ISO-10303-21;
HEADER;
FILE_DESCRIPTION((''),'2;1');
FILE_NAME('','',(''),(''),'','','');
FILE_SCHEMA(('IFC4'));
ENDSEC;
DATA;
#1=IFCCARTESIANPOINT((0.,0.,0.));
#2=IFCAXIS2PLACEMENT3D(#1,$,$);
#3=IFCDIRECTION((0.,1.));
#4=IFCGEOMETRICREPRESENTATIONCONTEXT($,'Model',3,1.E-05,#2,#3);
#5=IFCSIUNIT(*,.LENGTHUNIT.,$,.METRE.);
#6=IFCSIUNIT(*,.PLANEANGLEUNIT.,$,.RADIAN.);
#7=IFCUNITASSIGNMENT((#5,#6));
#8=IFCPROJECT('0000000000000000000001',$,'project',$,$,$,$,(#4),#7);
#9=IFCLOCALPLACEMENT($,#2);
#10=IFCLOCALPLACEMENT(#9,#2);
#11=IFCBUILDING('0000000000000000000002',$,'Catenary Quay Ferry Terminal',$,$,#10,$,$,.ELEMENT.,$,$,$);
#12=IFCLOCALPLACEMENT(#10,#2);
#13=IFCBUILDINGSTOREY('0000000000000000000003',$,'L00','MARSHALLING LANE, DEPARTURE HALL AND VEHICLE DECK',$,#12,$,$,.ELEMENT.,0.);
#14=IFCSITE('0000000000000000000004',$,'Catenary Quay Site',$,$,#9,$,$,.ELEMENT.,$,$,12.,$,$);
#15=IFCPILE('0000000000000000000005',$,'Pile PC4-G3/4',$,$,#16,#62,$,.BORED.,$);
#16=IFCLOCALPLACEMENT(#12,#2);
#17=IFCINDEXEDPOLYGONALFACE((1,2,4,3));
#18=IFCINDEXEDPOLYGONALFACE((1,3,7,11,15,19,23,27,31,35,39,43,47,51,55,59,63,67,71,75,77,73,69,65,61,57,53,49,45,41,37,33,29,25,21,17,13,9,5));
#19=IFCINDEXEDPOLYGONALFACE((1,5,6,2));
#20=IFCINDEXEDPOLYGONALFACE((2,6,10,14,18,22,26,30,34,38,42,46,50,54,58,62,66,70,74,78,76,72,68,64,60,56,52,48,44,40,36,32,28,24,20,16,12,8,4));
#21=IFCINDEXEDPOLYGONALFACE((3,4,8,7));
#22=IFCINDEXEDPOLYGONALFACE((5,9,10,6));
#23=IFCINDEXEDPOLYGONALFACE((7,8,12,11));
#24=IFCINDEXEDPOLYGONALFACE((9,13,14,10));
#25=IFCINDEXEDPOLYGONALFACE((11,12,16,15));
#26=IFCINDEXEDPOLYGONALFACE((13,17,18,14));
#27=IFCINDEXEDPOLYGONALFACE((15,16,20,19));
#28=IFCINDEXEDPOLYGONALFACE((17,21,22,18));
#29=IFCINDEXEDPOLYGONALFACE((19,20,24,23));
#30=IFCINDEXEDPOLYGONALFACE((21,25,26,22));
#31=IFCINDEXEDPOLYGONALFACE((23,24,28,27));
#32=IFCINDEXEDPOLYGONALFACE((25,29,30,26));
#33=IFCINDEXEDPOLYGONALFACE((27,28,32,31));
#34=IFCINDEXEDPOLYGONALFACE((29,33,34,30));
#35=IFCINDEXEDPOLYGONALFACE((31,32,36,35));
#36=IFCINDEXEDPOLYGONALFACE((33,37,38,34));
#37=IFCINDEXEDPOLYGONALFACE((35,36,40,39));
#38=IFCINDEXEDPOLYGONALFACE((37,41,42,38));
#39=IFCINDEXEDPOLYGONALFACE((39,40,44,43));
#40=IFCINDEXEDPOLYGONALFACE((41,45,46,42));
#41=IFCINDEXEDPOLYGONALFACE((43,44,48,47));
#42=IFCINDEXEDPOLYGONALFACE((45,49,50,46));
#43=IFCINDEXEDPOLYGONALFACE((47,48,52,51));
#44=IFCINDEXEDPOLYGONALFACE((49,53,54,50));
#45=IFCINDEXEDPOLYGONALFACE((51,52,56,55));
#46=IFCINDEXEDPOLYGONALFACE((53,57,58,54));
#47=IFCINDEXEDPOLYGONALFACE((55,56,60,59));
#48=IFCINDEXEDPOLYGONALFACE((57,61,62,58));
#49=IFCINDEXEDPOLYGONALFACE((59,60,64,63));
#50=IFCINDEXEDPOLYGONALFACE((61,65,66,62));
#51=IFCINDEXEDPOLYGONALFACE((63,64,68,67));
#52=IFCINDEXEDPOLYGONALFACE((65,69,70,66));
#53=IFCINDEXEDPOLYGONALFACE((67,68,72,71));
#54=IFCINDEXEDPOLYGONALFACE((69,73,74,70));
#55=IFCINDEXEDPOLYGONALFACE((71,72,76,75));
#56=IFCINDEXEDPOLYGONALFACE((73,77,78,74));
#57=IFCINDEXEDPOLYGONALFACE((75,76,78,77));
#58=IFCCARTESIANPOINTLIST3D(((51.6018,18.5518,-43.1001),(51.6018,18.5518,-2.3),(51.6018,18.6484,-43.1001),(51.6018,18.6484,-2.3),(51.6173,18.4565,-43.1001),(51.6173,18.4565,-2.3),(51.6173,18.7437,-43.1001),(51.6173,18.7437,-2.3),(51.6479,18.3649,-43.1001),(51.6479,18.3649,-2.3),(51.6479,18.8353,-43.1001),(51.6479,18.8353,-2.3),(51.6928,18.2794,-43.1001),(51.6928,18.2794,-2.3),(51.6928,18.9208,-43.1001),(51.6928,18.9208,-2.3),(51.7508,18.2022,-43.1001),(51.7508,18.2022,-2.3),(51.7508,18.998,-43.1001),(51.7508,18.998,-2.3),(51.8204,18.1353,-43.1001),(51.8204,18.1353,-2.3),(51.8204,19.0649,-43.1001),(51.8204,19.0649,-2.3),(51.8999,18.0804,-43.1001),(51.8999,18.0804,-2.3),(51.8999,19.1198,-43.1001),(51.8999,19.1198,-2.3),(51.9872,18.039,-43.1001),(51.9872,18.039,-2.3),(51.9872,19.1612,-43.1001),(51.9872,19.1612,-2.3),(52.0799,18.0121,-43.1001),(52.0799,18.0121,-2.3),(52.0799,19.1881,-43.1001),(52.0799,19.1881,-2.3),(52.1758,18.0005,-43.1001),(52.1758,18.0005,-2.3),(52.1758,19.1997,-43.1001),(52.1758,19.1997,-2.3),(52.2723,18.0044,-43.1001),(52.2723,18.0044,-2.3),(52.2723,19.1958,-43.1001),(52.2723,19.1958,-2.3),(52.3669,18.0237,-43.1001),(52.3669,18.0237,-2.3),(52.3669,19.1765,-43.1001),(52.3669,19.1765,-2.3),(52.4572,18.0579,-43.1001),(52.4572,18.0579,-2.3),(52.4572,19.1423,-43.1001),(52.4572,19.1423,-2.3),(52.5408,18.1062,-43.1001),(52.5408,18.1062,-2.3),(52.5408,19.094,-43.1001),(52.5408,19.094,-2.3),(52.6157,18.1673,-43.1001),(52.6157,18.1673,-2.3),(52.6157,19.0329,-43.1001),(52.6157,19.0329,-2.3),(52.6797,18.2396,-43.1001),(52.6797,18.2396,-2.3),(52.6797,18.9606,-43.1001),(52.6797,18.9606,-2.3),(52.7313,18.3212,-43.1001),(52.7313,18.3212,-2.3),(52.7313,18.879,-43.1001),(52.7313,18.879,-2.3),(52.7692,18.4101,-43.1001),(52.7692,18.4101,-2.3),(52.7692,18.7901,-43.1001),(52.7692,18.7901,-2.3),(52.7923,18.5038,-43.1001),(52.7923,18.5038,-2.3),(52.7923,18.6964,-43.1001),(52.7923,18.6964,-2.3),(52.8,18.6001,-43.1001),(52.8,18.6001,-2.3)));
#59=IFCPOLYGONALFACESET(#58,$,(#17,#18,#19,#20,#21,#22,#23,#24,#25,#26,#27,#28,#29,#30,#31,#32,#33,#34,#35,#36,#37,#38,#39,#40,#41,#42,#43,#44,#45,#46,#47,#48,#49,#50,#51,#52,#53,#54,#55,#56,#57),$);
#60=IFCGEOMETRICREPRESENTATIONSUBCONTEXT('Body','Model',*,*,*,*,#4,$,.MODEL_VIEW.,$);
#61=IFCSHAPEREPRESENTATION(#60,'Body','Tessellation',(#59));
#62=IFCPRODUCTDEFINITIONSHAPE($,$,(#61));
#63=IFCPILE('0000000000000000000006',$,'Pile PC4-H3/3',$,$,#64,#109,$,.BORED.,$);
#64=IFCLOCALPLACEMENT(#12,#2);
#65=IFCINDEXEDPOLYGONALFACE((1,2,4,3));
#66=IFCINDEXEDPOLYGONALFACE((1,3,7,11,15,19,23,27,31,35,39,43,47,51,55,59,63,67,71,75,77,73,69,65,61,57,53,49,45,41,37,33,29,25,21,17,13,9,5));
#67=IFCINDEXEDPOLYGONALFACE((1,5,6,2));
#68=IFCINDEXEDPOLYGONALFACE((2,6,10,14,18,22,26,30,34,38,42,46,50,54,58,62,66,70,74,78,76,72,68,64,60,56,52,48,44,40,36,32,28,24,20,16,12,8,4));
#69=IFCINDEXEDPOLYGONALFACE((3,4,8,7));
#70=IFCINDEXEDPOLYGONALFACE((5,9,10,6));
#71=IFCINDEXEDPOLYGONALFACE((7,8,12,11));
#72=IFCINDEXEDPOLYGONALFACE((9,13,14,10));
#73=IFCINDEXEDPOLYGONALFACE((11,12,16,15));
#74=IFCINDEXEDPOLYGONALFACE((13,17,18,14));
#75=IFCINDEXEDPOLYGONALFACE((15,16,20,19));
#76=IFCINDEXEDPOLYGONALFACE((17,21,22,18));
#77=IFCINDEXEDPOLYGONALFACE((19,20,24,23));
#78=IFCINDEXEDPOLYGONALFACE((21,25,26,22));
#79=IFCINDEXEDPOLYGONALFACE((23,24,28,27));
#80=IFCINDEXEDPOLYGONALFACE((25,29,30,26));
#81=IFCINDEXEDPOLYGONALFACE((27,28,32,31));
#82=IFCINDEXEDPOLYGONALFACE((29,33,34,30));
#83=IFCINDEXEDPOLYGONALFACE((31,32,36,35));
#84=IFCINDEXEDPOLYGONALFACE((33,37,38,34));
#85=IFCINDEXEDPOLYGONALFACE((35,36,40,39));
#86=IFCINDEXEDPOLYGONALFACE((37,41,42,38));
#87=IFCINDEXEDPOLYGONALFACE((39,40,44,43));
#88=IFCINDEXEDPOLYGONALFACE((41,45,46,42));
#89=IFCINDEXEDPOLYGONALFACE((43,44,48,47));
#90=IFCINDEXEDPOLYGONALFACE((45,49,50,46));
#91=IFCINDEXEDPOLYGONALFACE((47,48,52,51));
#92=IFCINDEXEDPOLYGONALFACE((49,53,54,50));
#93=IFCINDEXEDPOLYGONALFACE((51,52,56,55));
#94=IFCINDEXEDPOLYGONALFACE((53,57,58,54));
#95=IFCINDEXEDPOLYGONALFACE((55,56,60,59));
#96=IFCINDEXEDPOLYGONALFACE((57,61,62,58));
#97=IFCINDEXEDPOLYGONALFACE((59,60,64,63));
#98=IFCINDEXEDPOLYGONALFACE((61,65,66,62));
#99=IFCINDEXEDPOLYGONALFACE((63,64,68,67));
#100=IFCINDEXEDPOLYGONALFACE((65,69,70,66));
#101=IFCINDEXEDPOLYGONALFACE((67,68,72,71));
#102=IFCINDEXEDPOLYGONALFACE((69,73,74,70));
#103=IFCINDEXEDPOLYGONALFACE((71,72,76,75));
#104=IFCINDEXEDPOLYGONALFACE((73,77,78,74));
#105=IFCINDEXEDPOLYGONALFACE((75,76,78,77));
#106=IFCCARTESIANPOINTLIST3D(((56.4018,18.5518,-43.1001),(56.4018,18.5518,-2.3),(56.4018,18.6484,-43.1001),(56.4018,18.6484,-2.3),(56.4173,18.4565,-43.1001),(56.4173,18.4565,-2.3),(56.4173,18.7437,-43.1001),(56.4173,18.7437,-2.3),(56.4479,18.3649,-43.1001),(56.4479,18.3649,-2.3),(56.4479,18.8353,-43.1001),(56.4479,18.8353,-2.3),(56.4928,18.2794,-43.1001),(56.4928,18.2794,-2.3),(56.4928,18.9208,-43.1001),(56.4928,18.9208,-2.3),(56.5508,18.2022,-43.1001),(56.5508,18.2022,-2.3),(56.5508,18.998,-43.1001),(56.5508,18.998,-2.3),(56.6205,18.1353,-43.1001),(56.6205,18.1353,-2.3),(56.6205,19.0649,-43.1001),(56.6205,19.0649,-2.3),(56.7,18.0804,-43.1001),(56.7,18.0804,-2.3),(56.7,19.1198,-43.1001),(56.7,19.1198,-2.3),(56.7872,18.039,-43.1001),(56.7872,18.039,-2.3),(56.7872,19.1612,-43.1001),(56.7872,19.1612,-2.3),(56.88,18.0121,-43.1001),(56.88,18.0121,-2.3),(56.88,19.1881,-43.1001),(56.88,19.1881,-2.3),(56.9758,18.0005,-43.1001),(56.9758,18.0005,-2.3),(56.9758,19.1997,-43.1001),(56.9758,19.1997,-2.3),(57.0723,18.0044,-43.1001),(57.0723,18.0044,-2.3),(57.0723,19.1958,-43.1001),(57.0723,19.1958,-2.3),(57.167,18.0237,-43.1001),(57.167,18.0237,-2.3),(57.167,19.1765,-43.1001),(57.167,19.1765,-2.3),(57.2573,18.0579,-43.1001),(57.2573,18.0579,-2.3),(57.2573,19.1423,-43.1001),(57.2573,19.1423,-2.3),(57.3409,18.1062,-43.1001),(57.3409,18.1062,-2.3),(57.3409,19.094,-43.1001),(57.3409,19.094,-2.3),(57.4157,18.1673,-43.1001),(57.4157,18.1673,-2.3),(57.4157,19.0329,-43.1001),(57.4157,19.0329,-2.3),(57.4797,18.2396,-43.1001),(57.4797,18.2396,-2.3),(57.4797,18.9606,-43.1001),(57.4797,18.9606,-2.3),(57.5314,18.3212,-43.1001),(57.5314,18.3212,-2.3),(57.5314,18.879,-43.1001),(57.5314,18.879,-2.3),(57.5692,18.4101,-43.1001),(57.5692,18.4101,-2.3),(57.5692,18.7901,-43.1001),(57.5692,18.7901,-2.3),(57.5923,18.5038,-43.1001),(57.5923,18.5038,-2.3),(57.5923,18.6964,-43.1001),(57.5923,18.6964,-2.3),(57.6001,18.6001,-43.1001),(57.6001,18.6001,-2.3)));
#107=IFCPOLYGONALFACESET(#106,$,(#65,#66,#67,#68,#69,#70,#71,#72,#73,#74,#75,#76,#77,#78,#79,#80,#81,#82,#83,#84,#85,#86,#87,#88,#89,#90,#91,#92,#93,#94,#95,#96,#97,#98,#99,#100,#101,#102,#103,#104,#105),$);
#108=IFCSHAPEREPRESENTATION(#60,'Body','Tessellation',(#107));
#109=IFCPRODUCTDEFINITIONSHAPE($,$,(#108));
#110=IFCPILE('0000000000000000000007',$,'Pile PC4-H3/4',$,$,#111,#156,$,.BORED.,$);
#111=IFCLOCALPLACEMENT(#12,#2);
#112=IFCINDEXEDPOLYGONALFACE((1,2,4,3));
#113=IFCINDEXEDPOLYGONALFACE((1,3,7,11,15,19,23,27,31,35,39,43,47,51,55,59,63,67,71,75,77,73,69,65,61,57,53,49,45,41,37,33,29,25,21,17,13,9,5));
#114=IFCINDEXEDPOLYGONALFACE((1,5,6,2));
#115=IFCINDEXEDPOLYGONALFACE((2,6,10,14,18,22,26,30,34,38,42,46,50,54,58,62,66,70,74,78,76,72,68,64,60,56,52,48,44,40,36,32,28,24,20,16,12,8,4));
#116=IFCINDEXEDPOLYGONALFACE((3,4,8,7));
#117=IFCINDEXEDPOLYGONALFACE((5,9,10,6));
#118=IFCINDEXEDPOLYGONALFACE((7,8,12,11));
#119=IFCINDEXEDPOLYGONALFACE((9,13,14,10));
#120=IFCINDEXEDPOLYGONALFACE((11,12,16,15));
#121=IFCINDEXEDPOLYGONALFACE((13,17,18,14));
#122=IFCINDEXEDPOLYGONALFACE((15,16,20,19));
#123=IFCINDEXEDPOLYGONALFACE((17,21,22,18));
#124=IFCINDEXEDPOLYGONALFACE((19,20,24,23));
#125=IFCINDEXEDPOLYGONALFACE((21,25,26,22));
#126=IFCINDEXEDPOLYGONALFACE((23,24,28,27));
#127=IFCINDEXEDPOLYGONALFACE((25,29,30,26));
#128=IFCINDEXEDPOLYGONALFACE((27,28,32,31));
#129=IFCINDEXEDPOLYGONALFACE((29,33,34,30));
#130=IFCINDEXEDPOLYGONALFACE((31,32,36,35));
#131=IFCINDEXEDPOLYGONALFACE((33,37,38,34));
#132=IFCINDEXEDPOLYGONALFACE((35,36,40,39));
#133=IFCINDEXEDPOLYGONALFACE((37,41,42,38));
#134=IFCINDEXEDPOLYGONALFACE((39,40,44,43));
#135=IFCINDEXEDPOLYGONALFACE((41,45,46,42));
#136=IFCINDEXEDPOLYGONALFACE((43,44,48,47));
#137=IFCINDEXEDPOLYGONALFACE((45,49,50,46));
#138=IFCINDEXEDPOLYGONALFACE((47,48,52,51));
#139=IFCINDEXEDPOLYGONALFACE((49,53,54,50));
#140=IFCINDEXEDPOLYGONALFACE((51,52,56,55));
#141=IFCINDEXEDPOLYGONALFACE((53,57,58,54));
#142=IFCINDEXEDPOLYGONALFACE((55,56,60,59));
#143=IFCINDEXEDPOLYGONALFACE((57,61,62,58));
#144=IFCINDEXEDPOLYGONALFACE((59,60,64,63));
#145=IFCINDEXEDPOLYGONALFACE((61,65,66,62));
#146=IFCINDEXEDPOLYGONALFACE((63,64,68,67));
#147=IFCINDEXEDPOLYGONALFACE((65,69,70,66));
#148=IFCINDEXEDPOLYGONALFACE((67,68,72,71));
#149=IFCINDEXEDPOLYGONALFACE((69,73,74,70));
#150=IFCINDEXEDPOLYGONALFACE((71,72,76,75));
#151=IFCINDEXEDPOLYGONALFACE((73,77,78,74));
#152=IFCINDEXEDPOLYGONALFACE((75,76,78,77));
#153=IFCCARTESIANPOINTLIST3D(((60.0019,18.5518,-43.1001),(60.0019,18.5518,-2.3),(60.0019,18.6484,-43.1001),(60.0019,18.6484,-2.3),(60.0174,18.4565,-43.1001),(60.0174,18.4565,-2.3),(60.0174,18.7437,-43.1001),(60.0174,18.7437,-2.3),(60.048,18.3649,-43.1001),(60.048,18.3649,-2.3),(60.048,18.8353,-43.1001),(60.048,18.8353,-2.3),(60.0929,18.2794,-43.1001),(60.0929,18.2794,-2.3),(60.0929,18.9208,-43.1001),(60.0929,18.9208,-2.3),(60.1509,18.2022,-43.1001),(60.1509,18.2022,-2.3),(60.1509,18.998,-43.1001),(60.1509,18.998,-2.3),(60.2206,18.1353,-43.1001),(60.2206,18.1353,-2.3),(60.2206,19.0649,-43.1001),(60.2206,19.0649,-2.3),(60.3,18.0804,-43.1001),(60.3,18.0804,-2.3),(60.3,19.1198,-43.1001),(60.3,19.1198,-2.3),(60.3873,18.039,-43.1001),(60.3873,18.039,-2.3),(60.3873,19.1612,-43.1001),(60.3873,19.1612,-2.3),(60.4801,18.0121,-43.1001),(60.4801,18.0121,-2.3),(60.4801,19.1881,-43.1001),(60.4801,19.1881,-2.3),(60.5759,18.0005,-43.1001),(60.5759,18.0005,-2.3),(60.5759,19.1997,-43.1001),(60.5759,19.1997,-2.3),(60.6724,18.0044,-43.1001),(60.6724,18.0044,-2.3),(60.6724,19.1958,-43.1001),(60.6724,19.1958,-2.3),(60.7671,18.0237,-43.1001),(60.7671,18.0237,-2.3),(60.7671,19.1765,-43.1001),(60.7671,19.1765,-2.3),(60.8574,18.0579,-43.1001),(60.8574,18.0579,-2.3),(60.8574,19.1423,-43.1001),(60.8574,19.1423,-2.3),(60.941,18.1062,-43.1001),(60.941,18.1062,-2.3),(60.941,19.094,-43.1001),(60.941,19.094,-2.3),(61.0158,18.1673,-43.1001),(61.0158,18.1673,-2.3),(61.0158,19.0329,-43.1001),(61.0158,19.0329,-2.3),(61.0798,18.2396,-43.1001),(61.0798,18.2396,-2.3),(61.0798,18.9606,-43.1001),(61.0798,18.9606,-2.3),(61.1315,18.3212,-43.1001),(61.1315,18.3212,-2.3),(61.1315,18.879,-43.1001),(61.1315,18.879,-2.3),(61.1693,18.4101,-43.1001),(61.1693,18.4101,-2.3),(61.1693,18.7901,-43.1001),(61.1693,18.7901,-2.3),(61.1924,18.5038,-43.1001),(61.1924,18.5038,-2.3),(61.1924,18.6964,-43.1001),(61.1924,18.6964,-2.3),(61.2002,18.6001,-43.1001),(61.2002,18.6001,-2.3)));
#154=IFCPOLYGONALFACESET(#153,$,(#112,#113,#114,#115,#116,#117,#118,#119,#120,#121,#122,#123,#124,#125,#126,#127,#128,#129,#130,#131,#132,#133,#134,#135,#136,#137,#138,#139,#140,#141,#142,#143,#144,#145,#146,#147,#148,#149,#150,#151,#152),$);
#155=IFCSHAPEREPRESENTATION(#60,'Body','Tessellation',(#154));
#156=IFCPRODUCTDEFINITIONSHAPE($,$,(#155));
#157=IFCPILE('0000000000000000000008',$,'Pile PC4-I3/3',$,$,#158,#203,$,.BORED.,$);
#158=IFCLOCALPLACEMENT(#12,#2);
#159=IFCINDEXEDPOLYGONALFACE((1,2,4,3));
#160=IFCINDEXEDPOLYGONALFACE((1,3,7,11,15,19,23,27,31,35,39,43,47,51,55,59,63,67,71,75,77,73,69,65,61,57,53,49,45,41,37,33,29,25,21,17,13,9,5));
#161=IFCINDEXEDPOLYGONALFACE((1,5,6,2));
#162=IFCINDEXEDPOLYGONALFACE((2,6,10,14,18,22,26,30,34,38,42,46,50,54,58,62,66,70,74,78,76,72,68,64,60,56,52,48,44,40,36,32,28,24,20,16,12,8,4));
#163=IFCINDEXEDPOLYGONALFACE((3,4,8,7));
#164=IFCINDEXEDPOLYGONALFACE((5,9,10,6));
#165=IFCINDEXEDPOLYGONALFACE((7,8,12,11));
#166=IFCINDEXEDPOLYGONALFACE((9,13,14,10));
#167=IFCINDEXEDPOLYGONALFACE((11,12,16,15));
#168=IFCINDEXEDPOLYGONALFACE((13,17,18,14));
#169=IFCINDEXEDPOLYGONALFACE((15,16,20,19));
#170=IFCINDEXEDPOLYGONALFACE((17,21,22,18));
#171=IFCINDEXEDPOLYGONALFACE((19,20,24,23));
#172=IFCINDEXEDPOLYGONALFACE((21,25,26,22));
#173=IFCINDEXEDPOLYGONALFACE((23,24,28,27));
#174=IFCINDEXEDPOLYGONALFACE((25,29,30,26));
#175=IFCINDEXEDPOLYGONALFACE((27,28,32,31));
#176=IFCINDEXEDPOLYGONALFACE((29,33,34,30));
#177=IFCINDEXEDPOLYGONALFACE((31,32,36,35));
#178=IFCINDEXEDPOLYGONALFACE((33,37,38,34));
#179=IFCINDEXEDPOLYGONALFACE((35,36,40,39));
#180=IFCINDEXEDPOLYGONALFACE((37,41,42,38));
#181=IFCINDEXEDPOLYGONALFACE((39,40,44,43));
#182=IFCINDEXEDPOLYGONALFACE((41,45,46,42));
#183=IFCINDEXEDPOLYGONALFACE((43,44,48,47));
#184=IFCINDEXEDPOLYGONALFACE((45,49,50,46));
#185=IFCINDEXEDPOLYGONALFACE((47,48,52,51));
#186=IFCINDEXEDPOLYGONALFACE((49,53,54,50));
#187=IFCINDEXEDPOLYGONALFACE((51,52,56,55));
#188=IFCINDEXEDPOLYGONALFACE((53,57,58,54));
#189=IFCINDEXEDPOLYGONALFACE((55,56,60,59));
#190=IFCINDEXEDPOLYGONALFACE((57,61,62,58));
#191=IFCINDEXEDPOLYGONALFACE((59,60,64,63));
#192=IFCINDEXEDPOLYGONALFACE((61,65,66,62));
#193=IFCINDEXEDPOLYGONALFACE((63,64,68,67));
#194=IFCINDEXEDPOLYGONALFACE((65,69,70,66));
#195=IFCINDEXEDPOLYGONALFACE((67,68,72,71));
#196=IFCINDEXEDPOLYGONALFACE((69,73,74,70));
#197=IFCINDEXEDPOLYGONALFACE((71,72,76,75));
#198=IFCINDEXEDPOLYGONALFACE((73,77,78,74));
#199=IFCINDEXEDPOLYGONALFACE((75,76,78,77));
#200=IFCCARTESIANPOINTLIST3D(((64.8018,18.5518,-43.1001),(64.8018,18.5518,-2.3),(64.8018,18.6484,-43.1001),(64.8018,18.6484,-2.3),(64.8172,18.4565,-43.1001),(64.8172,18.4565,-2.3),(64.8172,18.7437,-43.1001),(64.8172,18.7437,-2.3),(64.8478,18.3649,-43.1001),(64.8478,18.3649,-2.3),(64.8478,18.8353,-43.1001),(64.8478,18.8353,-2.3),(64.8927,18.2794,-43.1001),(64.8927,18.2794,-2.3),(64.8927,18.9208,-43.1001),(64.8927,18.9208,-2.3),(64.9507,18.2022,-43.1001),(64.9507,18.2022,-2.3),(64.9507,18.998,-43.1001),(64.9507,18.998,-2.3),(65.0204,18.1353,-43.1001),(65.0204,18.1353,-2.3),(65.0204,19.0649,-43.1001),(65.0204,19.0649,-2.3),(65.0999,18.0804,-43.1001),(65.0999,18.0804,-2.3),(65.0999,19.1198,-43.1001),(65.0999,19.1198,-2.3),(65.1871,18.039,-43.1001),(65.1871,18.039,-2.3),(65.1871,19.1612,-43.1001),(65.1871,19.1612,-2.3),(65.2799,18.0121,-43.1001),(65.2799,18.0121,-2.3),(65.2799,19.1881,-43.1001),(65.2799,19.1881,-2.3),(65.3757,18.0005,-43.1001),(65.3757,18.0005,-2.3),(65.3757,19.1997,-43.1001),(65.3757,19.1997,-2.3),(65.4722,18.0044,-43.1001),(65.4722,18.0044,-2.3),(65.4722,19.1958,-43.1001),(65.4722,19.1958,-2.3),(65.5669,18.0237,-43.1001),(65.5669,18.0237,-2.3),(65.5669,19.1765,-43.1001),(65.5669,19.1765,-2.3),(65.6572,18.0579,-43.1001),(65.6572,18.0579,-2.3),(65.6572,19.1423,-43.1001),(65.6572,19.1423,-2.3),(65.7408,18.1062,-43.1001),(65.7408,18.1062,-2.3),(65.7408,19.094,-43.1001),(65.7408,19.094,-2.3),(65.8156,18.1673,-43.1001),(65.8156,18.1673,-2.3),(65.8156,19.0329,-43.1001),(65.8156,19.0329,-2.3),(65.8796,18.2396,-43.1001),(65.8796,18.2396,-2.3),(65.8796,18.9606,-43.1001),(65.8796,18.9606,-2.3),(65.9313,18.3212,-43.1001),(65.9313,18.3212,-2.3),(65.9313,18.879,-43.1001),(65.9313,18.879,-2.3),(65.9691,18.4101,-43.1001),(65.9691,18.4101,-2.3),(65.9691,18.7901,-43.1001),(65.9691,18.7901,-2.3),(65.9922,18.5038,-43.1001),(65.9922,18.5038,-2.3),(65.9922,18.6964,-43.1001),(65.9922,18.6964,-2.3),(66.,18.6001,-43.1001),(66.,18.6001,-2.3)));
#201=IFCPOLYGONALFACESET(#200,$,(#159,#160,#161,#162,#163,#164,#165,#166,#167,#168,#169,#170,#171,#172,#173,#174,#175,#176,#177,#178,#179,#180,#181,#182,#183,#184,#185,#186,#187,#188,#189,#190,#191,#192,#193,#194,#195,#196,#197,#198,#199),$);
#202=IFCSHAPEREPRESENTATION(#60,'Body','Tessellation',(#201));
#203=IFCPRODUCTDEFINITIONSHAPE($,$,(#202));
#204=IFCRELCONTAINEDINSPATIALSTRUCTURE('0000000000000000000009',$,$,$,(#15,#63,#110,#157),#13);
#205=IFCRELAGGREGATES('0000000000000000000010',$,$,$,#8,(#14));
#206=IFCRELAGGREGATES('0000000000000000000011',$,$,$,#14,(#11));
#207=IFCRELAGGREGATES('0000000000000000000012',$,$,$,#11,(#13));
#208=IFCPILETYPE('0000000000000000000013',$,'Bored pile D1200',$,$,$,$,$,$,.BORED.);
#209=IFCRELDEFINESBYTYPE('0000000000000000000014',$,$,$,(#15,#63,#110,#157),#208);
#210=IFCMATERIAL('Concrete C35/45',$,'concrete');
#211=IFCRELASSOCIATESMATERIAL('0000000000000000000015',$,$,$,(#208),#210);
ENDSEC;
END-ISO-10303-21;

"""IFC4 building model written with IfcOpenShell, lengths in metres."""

from ifc_helpers import new_model, si_unit, direction, frame, origin, origin_2d, place, context, subcontext, project, spatial, circle, extrude, material, material_profile, profile_set, type_object, element, save


model = new_model("IFC4")

# Units and contexts
model_context = context("Model", 3, precision=1e-05, world=origin(), true_north=direction((0.0, 1.0)))
body_context = subcontext(model_context, "Body", "Model", "MODEL_VIEW")
ifc_project = project(units=[si_unit("LENGTHUNIT", "METRE"), si_unit("PLANEANGLEUNIT", "RADIAN")], contexts=[model_context])

# Site, building, storey
site_placement = place(None, origin())
site = spatial("IfcSite", under=ifc_project, at=site_placement, Name="Catenary Quay Site", CompositionType="ELEMENT", RefElevation=12.0)
building_placement = place(site_placement, origin())
building = spatial("IfcBuilding", under=site, at=building_placement, Name="Catenary Quay Ferry Terminal", CompositionType="ELEMENT")
storey_placement = place(building_placement, origin())
storey = spatial("IfcBuildingStorey", under=building, at=storey_placement, Name="L00", Description="MARSHALLING LANE, DEPARTURE HALL AND VEHICLE DECK", CompositionType="ELEMENT", Elevation=0.0)

# Piles
ifc_material_1 = material(Name="Concrete C35/45", Category="concrete")
ifc_material_profile_1 = material_profile(ifc_material_1, circle(Radius=0.6001, at=origin_2d()), Name="D1200")
ifc_profile_set_1 = profile_set([ifc_material_profile_1], Name="Concrete C35/45")
pile_type = type_object("IfcPileType", Name="Bored pile D1200", PredefinedType="BORED", material=ifc_profile_set_1)
for number, where, z_axis, x_axis, name in (
    (1, (52.2, 18.6001, -2.3), (0.0, 0.0, -1.0), (1.0, 0.0, 0.0), "Pile PC4-G3/4"),
    (2, (57.0, 18.6001, -2.3), (0.0, 0.0, -1.0), (1.0, 0.0, 0.0), "Pile PC4-H3/3"),
    (3, (60.6001, 18.6001, -2.3), (0.0, 0.0, -1.0), (1.0, 0.0, 0.0), "Pile PC4-H3/4"),
    (4, (65.3999, 18.6001, -2.3), (0.0, 0.0, -1.0), (1.0, 0.0, 0.0), "Pile PC4-I3/3"),
):
    element("IfcPile", number, at=place(storey_placement, frame(where, z_axis=z_axis, x_axis=x_axis)), inside=storey, type_object=pile_type, Name=name, PredefinedType="BORED", context=body_context, shape_type="SweptSolid", body=[
        extrude(circle(Radius=0.6001, at=origin_2d()), origin(), (0.0, 0.0, 1.0), 40.8),
    ])

save(model, "model.ifc")
